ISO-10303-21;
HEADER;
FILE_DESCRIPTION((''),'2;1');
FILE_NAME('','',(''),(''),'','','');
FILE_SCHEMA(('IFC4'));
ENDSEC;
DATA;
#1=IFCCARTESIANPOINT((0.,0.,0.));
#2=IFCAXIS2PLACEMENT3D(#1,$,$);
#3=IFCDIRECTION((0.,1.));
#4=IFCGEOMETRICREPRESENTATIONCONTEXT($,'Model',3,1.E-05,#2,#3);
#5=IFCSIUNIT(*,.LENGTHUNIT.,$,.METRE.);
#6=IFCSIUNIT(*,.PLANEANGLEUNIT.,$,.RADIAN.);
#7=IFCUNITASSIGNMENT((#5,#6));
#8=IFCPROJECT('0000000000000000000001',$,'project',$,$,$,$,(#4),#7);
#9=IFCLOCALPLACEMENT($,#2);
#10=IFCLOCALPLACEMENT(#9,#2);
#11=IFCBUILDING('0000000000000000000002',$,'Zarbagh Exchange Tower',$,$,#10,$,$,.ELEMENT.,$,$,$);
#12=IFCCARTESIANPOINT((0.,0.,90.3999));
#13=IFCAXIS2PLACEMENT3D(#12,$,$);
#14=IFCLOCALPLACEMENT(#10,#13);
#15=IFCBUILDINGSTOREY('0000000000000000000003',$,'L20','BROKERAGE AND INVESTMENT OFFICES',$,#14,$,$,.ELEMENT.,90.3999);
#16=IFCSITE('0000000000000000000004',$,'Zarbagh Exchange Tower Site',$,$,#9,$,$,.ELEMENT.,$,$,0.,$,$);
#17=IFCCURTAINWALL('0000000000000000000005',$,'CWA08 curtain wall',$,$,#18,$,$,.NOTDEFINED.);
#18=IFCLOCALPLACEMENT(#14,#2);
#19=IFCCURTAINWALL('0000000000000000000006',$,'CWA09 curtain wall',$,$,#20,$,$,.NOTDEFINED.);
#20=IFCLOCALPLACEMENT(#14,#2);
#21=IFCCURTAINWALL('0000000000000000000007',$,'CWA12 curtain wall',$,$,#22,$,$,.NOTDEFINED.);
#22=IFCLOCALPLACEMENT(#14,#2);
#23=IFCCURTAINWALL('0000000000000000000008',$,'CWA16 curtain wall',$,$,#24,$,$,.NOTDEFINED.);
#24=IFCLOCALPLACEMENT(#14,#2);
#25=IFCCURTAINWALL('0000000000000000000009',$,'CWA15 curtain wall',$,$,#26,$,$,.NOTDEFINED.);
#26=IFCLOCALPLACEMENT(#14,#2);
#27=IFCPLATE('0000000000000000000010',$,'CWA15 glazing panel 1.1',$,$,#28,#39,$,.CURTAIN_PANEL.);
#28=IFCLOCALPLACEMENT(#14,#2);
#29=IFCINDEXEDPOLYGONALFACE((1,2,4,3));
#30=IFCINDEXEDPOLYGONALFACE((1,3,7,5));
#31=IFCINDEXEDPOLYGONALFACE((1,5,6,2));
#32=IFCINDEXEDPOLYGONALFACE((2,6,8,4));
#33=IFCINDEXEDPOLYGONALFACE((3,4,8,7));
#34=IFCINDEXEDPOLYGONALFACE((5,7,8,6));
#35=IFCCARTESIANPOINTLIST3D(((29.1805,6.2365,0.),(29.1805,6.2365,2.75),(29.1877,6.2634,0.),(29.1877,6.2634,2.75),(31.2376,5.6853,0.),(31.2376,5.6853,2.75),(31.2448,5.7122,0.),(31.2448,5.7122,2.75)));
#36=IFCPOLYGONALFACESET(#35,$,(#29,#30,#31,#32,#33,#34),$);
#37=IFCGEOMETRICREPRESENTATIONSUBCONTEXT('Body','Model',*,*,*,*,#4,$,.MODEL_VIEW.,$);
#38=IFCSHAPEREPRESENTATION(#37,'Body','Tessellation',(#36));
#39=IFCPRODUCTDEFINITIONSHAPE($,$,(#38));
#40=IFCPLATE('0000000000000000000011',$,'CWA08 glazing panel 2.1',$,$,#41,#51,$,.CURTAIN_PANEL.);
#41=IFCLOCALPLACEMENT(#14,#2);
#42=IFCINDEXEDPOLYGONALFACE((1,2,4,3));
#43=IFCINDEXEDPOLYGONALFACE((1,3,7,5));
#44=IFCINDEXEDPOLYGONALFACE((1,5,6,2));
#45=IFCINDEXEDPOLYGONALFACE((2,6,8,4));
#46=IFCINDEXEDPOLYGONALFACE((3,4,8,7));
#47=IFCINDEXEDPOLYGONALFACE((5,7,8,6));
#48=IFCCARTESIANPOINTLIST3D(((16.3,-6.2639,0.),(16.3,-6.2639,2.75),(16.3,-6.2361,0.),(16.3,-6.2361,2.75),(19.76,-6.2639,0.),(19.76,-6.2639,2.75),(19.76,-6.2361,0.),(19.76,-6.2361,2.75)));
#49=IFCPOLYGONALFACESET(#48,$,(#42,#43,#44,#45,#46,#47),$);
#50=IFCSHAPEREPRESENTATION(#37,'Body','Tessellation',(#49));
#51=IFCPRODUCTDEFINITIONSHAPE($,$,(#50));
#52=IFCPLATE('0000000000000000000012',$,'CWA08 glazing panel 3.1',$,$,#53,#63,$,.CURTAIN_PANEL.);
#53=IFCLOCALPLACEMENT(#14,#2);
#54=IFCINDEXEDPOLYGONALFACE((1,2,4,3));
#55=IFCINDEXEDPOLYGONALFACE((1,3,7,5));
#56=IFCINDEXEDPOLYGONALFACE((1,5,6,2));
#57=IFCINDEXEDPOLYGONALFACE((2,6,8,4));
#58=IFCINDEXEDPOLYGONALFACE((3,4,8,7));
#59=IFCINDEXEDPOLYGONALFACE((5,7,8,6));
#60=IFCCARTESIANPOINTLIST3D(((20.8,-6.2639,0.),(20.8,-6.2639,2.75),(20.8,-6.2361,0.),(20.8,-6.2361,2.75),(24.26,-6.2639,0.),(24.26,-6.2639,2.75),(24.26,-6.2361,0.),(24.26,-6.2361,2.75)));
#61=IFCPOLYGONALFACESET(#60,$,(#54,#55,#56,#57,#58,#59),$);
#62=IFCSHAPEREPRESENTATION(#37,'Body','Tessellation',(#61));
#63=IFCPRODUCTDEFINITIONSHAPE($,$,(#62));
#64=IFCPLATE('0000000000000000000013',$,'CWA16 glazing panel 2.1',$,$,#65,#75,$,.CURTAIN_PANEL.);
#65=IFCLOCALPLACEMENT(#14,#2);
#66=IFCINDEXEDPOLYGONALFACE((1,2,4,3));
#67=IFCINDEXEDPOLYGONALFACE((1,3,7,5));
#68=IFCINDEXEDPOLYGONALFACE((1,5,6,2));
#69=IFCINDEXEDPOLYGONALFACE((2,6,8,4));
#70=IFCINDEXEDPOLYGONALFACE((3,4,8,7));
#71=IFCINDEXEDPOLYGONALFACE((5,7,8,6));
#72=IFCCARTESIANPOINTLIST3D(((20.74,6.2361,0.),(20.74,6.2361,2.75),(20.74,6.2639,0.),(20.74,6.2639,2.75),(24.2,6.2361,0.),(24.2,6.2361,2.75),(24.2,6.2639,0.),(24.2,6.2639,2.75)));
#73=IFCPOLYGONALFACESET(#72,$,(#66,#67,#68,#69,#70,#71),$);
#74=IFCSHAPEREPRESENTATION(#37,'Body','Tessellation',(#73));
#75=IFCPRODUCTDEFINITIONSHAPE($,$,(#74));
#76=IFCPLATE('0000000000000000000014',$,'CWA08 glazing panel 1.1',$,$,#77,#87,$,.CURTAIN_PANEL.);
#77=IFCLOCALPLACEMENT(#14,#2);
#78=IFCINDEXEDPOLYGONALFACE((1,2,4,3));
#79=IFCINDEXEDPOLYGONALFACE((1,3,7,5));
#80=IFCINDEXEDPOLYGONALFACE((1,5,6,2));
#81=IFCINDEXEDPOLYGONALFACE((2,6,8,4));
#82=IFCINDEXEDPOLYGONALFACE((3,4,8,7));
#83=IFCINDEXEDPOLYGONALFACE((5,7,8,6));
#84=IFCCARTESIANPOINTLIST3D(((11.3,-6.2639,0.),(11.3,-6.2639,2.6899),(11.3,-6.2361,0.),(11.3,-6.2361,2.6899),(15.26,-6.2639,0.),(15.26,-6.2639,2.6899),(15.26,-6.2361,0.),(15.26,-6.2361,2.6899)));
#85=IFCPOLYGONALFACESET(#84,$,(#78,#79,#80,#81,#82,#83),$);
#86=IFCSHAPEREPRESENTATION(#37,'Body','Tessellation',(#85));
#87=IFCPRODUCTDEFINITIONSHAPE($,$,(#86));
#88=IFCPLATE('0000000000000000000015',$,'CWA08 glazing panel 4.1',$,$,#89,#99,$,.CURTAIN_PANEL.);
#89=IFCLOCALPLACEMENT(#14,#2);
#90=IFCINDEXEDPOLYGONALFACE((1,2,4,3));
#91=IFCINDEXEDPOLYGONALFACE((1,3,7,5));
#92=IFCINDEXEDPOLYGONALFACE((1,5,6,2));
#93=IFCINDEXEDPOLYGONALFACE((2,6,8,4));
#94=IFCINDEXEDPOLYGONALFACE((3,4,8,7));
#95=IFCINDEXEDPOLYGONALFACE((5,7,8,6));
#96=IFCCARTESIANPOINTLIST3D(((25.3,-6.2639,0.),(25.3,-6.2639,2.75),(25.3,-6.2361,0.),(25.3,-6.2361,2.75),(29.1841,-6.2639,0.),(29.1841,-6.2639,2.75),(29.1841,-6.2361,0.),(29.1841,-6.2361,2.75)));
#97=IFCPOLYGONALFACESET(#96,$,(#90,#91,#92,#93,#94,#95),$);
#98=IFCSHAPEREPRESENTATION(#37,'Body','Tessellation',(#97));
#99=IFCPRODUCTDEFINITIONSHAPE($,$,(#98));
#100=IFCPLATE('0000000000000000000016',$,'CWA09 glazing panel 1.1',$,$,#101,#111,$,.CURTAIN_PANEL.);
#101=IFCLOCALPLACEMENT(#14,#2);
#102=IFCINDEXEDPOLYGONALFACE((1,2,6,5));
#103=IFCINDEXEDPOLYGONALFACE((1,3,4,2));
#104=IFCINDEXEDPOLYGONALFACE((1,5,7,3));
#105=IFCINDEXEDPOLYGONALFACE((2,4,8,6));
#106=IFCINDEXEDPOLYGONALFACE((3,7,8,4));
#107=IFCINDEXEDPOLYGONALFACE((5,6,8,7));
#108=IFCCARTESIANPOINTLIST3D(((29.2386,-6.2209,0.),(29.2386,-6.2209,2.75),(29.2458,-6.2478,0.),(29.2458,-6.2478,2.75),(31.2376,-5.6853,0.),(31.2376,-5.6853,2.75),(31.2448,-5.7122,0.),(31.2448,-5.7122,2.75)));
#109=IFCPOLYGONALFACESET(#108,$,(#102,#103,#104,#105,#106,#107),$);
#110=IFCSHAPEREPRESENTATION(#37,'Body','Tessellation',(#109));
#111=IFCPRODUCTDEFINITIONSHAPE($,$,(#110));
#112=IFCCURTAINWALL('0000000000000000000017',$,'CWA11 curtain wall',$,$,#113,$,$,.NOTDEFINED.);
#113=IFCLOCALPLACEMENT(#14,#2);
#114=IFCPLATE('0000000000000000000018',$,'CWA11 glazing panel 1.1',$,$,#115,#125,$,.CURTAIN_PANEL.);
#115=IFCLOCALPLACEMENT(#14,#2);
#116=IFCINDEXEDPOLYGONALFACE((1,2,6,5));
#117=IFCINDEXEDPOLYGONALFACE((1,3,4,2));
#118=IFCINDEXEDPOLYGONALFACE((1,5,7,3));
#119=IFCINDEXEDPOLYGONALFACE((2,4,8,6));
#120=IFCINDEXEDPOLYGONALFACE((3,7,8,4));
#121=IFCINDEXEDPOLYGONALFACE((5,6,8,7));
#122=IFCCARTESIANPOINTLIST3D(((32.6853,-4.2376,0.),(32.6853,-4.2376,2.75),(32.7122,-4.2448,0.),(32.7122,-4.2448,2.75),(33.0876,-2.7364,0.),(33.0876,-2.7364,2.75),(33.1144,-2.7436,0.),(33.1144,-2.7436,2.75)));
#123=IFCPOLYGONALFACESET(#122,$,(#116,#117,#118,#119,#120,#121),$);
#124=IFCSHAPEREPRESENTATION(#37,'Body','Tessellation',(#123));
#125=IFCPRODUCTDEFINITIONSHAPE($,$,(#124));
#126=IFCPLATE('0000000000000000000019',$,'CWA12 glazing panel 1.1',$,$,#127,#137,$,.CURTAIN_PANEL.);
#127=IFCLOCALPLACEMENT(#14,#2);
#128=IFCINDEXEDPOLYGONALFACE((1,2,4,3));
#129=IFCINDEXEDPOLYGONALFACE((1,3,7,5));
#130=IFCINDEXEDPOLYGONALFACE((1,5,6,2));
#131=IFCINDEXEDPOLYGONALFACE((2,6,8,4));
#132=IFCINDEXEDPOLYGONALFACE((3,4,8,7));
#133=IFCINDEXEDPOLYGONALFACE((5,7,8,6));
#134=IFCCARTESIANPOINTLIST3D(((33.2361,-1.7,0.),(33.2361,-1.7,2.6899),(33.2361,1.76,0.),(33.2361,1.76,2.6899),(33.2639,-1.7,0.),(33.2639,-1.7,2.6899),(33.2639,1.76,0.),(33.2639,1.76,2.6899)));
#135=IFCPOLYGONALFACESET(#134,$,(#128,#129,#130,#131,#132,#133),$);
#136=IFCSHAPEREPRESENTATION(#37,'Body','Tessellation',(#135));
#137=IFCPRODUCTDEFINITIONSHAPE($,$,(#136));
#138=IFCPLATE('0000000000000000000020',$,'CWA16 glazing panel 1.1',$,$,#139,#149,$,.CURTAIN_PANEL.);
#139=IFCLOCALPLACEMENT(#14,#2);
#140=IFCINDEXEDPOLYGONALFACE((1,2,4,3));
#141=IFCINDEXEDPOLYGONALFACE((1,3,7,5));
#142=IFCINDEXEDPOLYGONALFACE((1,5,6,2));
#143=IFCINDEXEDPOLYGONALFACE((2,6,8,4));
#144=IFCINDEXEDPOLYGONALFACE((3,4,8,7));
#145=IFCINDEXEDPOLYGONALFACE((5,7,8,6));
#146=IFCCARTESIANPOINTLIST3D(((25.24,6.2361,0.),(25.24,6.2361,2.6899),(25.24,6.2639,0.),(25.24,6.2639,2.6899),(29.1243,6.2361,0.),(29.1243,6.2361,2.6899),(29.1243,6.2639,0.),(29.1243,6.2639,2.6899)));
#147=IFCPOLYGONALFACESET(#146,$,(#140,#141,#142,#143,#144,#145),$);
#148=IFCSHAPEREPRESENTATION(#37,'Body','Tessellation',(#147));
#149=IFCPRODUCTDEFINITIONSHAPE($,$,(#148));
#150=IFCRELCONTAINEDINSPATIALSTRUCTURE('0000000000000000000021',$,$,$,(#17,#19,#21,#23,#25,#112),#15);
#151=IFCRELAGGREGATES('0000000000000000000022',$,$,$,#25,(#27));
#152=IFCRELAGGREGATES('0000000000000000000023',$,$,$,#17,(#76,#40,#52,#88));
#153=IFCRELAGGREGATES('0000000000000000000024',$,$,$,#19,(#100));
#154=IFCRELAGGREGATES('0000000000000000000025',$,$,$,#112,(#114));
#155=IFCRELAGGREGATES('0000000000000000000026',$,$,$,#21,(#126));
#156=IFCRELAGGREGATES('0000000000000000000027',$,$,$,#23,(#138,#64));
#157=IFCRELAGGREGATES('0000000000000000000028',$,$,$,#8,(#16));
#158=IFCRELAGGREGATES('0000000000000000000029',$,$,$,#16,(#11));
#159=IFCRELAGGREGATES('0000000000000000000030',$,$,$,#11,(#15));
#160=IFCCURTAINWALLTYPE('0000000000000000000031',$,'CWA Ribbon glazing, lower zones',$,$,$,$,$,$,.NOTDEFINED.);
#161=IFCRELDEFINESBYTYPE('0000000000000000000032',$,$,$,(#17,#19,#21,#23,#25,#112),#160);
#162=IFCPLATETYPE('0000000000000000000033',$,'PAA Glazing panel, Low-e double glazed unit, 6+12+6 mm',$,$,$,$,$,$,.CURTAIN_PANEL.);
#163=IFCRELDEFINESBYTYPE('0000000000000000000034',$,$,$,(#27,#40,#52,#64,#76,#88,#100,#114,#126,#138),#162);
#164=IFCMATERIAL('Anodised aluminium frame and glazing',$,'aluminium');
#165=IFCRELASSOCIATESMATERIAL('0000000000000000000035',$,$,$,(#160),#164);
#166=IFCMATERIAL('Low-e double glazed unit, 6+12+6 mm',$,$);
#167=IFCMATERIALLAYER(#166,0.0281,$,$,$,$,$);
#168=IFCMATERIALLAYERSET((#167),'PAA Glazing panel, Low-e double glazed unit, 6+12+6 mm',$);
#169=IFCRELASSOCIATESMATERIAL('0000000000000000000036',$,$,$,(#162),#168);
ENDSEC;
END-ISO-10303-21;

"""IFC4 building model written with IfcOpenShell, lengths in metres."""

from ifc_helpers import new_model, si_unit, direction, frame, origin, place, context, subcontext, project, spatial, polyline, outline, extrude, source, transform, mapped, material, layer, layer_set, type_object, element, aggregate, save


model = new_model("IFC4")

# Units and contexts
model_context = context("Model", 3, precision=1e-05, world=origin(), true_north=direction((0.0, 1.0)))
body_context = subcontext(model_context, "Body", "Model", "MODEL_VIEW")
ifc_project = project(units=[si_unit("LENGTHUNIT", "METRE"), si_unit("PLANEANGLEUNIT", "RADIAN")], contexts=[model_context])

# Site, building, storey
site_placement = place(None, origin())
site = spatial("IfcSite", under=ifc_project, at=site_placement, Name="Zarbagh Exchange Tower Site", CompositionType="ELEMENT", RefElevation=0.0)
building_placement = place(site_placement, origin())
building = spatial("IfcBuilding", under=site, at=building_placement, Name="Zarbagh Exchange Tower", CompositionType="ELEMENT")
storey_placement = place(building_placement, frame((0.0, 0.0, 90.3999)))
storey = spatial("IfcBuildingStorey", under=building, at=storey_placement, Name="L20", Description="BROKERAGE AND INVESTMENT OFFICES", CompositionType="ELEMENT", Elevation=90.3999)

# Curtain wall
ifc_material_1 = material(Name="Anodised aluminium frame and glazing", Category="aluminium")
curtain_wall_type = type_object("IfcCurtainWallType", Name="CWA Ribbon glazing, lower zones", PredefinedType="NOTDEFINED", material=ifc_material_1)
curtain_wall_1_placement = place(storey_placement, origin())
curtain_wall_1 = element("IfcCurtainWall", 1, at=curtain_wall_1_placement, inside=storey, type_object=curtain_wall_type, Name="CWA08 curtain wall", PredefinedType="NOTDEFINED")
placement = place(storey_placement, origin())

# Curtain walls
curtain_wall_2_placement = place(storey_placement, origin())
curtain_wall_2 = element("IfcCurtainWall", 2, at=curtain_wall_2_placement, inside=storey, type_object=curtain_wall_type, Name="CWA09 curtain wall", PredefinedType="NOTDEFINED")
curtain_wall_3_placement = place(storey_placement, origin())
curtain_wall_3 = element("IfcCurtainWall", 3, at=curtain_wall_3_placement, inside=storey, type_object=curtain_wall_type, Name="CWA12 curtain wall", PredefinedType="NOTDEFINED")

# Curtain wall
curtain_wall_4_placement = place(storey_placement, origin())
curtain_wall_4 = element("IfcCurtainWall", 4, at=curtain_wall_4_placement, inside=storey, type_object=curtain_wall_type, Name="CWA16 curtain wall", PredefinedType="NOTDEFINED")

# Shared definitions
ifc_material_2 = material(Name="Low-e double glazed unit, 6+12+6 mm")
ifc_layer = layer(ifc_material_2, 0.0281)
ifc_layer_set = layer_set([ifc_layer], Name="PAA Glazing panel, Low-e double glazed unit, 6+12+6 mm")
plate_type = type_object("IfcPlateType", Name="PAA Glazing panel, Low-e double glazed unit, 6+12+6 mm", PredefinedType="CURTAIN_PANEL", material=ifc_layer_set)

# Curtain wall, plate
curtain_wall_5_placement = place(storey_placement, origin())
curtain_wall_5 = element("IfcCurtainWall", 5, at=curtain_wall_5_placement, inside=storey, type_object=curtain_wall_type, Name="CWA15 curtain wall", PredefinedType="NOTDEFINED")
shared_shape_1 = source(origin(), body_context, "Body", "SweptSolid", [
    extrude(outline(polyline([(0.0, -0.0139), (2.1296, -0.0139), (2.1296, 0.0139), (0.0, 0.0139), (0.0, -0.0139)])), origin(), (0.0, 0.0, 1.0), 2.75),
])
plate_1 = element("IfcPlate", 6, at=placement, type_object=plate_type, Name="CWA15 glazing panel 1.1", PredefinedType="CURTAIN_PANEL", context=body_context, shape_type="MappedRepresentation", body=[
    mapped(shared_shape_1, transform((31.2412, 5.6987, 0.0), x_axis=(-0.965924, 0.258825, 0.0), y_axis=(-0.258825, -0.965924, 0.0), z_axis=(0.0, 0.0, 1.0))),
])
aggregate(curtain_wall_5, [plate_1])

# Plates
shared_shape_2 = source(origin(), body_context, "Body", "SweptSolid", [
    extrude(outline(polyline([(0.0, -0.0139), (3.46, -0.0139), (3.46, 0.0139), (0.0, 0.0139), (0.0, -0.0139)])), origin(), (0.0, 0.0, 1.0), 2.75),
])
plate_2 = element("IfcPlate", 7, at=placement, type_object=plate_type, Name="CWA08 glazing panel 2.1", PredefinedType="CURTAIN_PANEL", context=body_context, shape_type="MappedRepresentation", body=[
    mapped(shared_shape_2, transform((16.3, -6.25, 0.0), x_axis=(1.0, 0.0, 0.0), y_axis=(0.0, 1.0, 0.0), z_axis=(0.0, 0.0, 1.0))),
])
plate_3 = element("IfcPlate", 8, at=placement, type_object=plate_type, Name="CWA08 glazing panel 3.1", PredefinedType="CURTAIN_PANEL", context=body_context, shape_type="MappedRepresentation", body=[
    mapped(shared_shape_2, transform((20.8, -6.25, 0.0), x_axis=(1.0, 0.0, 0.0), y_axis=(0.0, 1.0, 0.0), z_axis=(0.0, 0.0, 1.0))),
])
plate_4 = element("IfcPlate", 9, at=placement, type_object=plate_type, Name="CWA16 glazing panel 2.1", PredefinedType="CURTAIN_PANEL", context=body_context, shape_type="MappedRepresentation", body=[
    mapped(shared_shape_2, transform((24.2, 6.25, 0.0), x_axis=(-1.0, 0.0, 0.0), y_axis=(0.0, -1.0, 0.0), z_axis=(0.0, 0.0, 1.0))),
])
shared_shape_3 = source(origin(), body_context, "Body", "SweptSolid", [
    extrude(outline(polyline([(0.0, -0.0139), (3.96, -0.0139), (3.96, 0.0139), (0.0, 0.0139), (0.0, -0.0139)])), origin(), (0.0, 0.0, 1.0), 2.6899),
])
plate_5 = element("IfcPlate", 10, at=placement, type_object=plate_type, Name="CWA08 glazing panel 1.1", PredefinedType="CURTAIN_PANEL", context=body_context, shape_type="MappedRepresentation", body=[
    mapped(shared_shape_3, transform((11.3, -6.25, 0.0), x_axis=(1.0, 0.0, 0.0), y_axis=(0.0, 1.0, 0.0), z_axis=(0.0, 0.0, 1.0))),
])
shared_shape_4 = source(origin(), body_context, "Body", "SweptSolid", [
    extrude(outline(polyline([(0.0, -0.0139), (3.884, -0.0139), (3.884, 0.0139), (0.0, 0.0139), (0.0, -0.0139)])), origin(), (0.0, 0.0, 1.0), 2.75),
])
plate_6 = element("IfcPlate", 11, at=placement, type_object=plate_type, Name="CWA08 glazing panel 4.1", PredefinedType="CURTAIN_PANEL", context=body_context, shape_type="MappedRepresentation", body=[
    mapped(shared_shape_4, transform((25.3, -6.25, 0.0), x_axis=(1.0, 0.0, 0.0), y_axis=(0.0, 1.0, 0.0), z_axis=(0.0, 0.0, 1.0))),
])
aggregate(curtain_wall_1, [plate_5, plate_2, plate_3, plate_6])
shared_shape_5 = source(origin(), body_context, "Body", "SweptSolid", [
    extrude(outline(polyline([(0.0, -0.0139), (2.0696, -0.0139), (2.0696, 0.0139), (0.0, 0.0139), (0.0, -0.0139)])), origin(), (0.0, 0.0, 1.0), 2.75),
])
plate_7 = element("IfcPlate", 12, at=placement, type_object=plate_type, Name="CWA09 glazing panel 1.1", PredefinedType="CURTAIN_PANEL", context=body_context, shape_type="MappedRepresentation", body=[
    mapped(shared_shape_5, transform((29.2422, -6.2344, 0.0), x_axis=(0.965924, 0.258825, 0.0), y_axis=(-0.258825, 0.965924, 0.0), z_axis=(0.0, 0.0, 1.0))),
])
aggregate(curtain_wall_2, [plate_7])

# Curtain wall, plate
curtain_wall_6_placement = place(storey_placement, origin())
curtain_wall_6 = element("IfcCurtainWall", 13, at=curtain_wall_6_placement, inside=storey, type_object=curtain_wall_type, Name="CWA11 curtain wall", PredefinedType="NOTDEFINED")
shared_shape_6 = source(origin(), body_context, "Body", "SweptSolid", [
    extrude(outline(polyline([(0.0, -0.0139), (1.5542, -0.0139), (1.5542, 0.0139), (0.0, 0.0139), (0.0, -0.0139)])), origin(), (0.0, 0.0, 1.0), 2.75),
])
plate_8 = element("IfcPlate", 14, at=placement, type_object=plate_type, Name="CWA11 glazing panel 1.1", PredefinedType="CURTAIN_PANEL", context=body_context, shape_type="MappedRepresentation", body=[
    mapped(shared_shape_6, transform((32.6987, -4.2412, 0.0), x_axis=(0.258825, 0.965924, 0.0), y_axis=(-0.965924, 0.258825, 0.0), z_axis=(0.0, 0.0, 1.0))),
])
aggregate(curtain_wall_6, [plate_8])

# Plates
shared_shape_7 = source(origin(), body_context, "Body", "SweptSolid", [
    extrude(outline(polyline([(0.0, -0.0139), (3.46, -0.0139), (3.46, 0.0139), (0.0, 0.0139), (0.0, -0.0139)])), origin(), (0.0, 0.0, 1.0), 2.6899),
])
plate_9 = element("IfcPlate", 15, at=placement, type_object=plate_type, Name="CWA12 glazing panel 1.1", PredefinedType="CURTAIN_PANEL", context=body_context, shape_type="MappedRepresentation", body=[
    mapped(shared_shape_7, transform((33.25, -1.7, 0.0), x_axis=(0.0, 1.0, 0.0), y_axis=(-1.0, 0.0, 0.0), z_axis=(0.0, 0.0, 1.0))),
])
aggregate(curtain_wall_3, [plate_9])
shared_shape_8 = source(origin(), body_context, "Body", "SweptSolid", [
    extrude(outline(polyline([(0.0, -0.0139), (3.8843, -0.0139), (3.8843, 0.0139), (0.0, 0.0139), (0.0, -0.0139)])), origin(), (0.0, 0.0, 1.0), 2.6899),
])
plate_10 = element("IfcPlate", 16, at=placement, type_object=plate_type, Name="CWA16 glazing panel 1.1", PredefinedType="CURTAIN_PANEL", context=body_context, shape_type="MappedRepresentation", body=[
    mapped(shared_shape_8, transform((29.1243, 6.25, 0.0), x_axis=(-1.0, 0.0, 0.0), y_axis=(0.0, -1.0, 0.0), z_axis=(0.0, 0.0, 1.0))),
])
aggregate(curtain_wall_4, [plate_10, plate_4])

save(model, "model.ifc")
